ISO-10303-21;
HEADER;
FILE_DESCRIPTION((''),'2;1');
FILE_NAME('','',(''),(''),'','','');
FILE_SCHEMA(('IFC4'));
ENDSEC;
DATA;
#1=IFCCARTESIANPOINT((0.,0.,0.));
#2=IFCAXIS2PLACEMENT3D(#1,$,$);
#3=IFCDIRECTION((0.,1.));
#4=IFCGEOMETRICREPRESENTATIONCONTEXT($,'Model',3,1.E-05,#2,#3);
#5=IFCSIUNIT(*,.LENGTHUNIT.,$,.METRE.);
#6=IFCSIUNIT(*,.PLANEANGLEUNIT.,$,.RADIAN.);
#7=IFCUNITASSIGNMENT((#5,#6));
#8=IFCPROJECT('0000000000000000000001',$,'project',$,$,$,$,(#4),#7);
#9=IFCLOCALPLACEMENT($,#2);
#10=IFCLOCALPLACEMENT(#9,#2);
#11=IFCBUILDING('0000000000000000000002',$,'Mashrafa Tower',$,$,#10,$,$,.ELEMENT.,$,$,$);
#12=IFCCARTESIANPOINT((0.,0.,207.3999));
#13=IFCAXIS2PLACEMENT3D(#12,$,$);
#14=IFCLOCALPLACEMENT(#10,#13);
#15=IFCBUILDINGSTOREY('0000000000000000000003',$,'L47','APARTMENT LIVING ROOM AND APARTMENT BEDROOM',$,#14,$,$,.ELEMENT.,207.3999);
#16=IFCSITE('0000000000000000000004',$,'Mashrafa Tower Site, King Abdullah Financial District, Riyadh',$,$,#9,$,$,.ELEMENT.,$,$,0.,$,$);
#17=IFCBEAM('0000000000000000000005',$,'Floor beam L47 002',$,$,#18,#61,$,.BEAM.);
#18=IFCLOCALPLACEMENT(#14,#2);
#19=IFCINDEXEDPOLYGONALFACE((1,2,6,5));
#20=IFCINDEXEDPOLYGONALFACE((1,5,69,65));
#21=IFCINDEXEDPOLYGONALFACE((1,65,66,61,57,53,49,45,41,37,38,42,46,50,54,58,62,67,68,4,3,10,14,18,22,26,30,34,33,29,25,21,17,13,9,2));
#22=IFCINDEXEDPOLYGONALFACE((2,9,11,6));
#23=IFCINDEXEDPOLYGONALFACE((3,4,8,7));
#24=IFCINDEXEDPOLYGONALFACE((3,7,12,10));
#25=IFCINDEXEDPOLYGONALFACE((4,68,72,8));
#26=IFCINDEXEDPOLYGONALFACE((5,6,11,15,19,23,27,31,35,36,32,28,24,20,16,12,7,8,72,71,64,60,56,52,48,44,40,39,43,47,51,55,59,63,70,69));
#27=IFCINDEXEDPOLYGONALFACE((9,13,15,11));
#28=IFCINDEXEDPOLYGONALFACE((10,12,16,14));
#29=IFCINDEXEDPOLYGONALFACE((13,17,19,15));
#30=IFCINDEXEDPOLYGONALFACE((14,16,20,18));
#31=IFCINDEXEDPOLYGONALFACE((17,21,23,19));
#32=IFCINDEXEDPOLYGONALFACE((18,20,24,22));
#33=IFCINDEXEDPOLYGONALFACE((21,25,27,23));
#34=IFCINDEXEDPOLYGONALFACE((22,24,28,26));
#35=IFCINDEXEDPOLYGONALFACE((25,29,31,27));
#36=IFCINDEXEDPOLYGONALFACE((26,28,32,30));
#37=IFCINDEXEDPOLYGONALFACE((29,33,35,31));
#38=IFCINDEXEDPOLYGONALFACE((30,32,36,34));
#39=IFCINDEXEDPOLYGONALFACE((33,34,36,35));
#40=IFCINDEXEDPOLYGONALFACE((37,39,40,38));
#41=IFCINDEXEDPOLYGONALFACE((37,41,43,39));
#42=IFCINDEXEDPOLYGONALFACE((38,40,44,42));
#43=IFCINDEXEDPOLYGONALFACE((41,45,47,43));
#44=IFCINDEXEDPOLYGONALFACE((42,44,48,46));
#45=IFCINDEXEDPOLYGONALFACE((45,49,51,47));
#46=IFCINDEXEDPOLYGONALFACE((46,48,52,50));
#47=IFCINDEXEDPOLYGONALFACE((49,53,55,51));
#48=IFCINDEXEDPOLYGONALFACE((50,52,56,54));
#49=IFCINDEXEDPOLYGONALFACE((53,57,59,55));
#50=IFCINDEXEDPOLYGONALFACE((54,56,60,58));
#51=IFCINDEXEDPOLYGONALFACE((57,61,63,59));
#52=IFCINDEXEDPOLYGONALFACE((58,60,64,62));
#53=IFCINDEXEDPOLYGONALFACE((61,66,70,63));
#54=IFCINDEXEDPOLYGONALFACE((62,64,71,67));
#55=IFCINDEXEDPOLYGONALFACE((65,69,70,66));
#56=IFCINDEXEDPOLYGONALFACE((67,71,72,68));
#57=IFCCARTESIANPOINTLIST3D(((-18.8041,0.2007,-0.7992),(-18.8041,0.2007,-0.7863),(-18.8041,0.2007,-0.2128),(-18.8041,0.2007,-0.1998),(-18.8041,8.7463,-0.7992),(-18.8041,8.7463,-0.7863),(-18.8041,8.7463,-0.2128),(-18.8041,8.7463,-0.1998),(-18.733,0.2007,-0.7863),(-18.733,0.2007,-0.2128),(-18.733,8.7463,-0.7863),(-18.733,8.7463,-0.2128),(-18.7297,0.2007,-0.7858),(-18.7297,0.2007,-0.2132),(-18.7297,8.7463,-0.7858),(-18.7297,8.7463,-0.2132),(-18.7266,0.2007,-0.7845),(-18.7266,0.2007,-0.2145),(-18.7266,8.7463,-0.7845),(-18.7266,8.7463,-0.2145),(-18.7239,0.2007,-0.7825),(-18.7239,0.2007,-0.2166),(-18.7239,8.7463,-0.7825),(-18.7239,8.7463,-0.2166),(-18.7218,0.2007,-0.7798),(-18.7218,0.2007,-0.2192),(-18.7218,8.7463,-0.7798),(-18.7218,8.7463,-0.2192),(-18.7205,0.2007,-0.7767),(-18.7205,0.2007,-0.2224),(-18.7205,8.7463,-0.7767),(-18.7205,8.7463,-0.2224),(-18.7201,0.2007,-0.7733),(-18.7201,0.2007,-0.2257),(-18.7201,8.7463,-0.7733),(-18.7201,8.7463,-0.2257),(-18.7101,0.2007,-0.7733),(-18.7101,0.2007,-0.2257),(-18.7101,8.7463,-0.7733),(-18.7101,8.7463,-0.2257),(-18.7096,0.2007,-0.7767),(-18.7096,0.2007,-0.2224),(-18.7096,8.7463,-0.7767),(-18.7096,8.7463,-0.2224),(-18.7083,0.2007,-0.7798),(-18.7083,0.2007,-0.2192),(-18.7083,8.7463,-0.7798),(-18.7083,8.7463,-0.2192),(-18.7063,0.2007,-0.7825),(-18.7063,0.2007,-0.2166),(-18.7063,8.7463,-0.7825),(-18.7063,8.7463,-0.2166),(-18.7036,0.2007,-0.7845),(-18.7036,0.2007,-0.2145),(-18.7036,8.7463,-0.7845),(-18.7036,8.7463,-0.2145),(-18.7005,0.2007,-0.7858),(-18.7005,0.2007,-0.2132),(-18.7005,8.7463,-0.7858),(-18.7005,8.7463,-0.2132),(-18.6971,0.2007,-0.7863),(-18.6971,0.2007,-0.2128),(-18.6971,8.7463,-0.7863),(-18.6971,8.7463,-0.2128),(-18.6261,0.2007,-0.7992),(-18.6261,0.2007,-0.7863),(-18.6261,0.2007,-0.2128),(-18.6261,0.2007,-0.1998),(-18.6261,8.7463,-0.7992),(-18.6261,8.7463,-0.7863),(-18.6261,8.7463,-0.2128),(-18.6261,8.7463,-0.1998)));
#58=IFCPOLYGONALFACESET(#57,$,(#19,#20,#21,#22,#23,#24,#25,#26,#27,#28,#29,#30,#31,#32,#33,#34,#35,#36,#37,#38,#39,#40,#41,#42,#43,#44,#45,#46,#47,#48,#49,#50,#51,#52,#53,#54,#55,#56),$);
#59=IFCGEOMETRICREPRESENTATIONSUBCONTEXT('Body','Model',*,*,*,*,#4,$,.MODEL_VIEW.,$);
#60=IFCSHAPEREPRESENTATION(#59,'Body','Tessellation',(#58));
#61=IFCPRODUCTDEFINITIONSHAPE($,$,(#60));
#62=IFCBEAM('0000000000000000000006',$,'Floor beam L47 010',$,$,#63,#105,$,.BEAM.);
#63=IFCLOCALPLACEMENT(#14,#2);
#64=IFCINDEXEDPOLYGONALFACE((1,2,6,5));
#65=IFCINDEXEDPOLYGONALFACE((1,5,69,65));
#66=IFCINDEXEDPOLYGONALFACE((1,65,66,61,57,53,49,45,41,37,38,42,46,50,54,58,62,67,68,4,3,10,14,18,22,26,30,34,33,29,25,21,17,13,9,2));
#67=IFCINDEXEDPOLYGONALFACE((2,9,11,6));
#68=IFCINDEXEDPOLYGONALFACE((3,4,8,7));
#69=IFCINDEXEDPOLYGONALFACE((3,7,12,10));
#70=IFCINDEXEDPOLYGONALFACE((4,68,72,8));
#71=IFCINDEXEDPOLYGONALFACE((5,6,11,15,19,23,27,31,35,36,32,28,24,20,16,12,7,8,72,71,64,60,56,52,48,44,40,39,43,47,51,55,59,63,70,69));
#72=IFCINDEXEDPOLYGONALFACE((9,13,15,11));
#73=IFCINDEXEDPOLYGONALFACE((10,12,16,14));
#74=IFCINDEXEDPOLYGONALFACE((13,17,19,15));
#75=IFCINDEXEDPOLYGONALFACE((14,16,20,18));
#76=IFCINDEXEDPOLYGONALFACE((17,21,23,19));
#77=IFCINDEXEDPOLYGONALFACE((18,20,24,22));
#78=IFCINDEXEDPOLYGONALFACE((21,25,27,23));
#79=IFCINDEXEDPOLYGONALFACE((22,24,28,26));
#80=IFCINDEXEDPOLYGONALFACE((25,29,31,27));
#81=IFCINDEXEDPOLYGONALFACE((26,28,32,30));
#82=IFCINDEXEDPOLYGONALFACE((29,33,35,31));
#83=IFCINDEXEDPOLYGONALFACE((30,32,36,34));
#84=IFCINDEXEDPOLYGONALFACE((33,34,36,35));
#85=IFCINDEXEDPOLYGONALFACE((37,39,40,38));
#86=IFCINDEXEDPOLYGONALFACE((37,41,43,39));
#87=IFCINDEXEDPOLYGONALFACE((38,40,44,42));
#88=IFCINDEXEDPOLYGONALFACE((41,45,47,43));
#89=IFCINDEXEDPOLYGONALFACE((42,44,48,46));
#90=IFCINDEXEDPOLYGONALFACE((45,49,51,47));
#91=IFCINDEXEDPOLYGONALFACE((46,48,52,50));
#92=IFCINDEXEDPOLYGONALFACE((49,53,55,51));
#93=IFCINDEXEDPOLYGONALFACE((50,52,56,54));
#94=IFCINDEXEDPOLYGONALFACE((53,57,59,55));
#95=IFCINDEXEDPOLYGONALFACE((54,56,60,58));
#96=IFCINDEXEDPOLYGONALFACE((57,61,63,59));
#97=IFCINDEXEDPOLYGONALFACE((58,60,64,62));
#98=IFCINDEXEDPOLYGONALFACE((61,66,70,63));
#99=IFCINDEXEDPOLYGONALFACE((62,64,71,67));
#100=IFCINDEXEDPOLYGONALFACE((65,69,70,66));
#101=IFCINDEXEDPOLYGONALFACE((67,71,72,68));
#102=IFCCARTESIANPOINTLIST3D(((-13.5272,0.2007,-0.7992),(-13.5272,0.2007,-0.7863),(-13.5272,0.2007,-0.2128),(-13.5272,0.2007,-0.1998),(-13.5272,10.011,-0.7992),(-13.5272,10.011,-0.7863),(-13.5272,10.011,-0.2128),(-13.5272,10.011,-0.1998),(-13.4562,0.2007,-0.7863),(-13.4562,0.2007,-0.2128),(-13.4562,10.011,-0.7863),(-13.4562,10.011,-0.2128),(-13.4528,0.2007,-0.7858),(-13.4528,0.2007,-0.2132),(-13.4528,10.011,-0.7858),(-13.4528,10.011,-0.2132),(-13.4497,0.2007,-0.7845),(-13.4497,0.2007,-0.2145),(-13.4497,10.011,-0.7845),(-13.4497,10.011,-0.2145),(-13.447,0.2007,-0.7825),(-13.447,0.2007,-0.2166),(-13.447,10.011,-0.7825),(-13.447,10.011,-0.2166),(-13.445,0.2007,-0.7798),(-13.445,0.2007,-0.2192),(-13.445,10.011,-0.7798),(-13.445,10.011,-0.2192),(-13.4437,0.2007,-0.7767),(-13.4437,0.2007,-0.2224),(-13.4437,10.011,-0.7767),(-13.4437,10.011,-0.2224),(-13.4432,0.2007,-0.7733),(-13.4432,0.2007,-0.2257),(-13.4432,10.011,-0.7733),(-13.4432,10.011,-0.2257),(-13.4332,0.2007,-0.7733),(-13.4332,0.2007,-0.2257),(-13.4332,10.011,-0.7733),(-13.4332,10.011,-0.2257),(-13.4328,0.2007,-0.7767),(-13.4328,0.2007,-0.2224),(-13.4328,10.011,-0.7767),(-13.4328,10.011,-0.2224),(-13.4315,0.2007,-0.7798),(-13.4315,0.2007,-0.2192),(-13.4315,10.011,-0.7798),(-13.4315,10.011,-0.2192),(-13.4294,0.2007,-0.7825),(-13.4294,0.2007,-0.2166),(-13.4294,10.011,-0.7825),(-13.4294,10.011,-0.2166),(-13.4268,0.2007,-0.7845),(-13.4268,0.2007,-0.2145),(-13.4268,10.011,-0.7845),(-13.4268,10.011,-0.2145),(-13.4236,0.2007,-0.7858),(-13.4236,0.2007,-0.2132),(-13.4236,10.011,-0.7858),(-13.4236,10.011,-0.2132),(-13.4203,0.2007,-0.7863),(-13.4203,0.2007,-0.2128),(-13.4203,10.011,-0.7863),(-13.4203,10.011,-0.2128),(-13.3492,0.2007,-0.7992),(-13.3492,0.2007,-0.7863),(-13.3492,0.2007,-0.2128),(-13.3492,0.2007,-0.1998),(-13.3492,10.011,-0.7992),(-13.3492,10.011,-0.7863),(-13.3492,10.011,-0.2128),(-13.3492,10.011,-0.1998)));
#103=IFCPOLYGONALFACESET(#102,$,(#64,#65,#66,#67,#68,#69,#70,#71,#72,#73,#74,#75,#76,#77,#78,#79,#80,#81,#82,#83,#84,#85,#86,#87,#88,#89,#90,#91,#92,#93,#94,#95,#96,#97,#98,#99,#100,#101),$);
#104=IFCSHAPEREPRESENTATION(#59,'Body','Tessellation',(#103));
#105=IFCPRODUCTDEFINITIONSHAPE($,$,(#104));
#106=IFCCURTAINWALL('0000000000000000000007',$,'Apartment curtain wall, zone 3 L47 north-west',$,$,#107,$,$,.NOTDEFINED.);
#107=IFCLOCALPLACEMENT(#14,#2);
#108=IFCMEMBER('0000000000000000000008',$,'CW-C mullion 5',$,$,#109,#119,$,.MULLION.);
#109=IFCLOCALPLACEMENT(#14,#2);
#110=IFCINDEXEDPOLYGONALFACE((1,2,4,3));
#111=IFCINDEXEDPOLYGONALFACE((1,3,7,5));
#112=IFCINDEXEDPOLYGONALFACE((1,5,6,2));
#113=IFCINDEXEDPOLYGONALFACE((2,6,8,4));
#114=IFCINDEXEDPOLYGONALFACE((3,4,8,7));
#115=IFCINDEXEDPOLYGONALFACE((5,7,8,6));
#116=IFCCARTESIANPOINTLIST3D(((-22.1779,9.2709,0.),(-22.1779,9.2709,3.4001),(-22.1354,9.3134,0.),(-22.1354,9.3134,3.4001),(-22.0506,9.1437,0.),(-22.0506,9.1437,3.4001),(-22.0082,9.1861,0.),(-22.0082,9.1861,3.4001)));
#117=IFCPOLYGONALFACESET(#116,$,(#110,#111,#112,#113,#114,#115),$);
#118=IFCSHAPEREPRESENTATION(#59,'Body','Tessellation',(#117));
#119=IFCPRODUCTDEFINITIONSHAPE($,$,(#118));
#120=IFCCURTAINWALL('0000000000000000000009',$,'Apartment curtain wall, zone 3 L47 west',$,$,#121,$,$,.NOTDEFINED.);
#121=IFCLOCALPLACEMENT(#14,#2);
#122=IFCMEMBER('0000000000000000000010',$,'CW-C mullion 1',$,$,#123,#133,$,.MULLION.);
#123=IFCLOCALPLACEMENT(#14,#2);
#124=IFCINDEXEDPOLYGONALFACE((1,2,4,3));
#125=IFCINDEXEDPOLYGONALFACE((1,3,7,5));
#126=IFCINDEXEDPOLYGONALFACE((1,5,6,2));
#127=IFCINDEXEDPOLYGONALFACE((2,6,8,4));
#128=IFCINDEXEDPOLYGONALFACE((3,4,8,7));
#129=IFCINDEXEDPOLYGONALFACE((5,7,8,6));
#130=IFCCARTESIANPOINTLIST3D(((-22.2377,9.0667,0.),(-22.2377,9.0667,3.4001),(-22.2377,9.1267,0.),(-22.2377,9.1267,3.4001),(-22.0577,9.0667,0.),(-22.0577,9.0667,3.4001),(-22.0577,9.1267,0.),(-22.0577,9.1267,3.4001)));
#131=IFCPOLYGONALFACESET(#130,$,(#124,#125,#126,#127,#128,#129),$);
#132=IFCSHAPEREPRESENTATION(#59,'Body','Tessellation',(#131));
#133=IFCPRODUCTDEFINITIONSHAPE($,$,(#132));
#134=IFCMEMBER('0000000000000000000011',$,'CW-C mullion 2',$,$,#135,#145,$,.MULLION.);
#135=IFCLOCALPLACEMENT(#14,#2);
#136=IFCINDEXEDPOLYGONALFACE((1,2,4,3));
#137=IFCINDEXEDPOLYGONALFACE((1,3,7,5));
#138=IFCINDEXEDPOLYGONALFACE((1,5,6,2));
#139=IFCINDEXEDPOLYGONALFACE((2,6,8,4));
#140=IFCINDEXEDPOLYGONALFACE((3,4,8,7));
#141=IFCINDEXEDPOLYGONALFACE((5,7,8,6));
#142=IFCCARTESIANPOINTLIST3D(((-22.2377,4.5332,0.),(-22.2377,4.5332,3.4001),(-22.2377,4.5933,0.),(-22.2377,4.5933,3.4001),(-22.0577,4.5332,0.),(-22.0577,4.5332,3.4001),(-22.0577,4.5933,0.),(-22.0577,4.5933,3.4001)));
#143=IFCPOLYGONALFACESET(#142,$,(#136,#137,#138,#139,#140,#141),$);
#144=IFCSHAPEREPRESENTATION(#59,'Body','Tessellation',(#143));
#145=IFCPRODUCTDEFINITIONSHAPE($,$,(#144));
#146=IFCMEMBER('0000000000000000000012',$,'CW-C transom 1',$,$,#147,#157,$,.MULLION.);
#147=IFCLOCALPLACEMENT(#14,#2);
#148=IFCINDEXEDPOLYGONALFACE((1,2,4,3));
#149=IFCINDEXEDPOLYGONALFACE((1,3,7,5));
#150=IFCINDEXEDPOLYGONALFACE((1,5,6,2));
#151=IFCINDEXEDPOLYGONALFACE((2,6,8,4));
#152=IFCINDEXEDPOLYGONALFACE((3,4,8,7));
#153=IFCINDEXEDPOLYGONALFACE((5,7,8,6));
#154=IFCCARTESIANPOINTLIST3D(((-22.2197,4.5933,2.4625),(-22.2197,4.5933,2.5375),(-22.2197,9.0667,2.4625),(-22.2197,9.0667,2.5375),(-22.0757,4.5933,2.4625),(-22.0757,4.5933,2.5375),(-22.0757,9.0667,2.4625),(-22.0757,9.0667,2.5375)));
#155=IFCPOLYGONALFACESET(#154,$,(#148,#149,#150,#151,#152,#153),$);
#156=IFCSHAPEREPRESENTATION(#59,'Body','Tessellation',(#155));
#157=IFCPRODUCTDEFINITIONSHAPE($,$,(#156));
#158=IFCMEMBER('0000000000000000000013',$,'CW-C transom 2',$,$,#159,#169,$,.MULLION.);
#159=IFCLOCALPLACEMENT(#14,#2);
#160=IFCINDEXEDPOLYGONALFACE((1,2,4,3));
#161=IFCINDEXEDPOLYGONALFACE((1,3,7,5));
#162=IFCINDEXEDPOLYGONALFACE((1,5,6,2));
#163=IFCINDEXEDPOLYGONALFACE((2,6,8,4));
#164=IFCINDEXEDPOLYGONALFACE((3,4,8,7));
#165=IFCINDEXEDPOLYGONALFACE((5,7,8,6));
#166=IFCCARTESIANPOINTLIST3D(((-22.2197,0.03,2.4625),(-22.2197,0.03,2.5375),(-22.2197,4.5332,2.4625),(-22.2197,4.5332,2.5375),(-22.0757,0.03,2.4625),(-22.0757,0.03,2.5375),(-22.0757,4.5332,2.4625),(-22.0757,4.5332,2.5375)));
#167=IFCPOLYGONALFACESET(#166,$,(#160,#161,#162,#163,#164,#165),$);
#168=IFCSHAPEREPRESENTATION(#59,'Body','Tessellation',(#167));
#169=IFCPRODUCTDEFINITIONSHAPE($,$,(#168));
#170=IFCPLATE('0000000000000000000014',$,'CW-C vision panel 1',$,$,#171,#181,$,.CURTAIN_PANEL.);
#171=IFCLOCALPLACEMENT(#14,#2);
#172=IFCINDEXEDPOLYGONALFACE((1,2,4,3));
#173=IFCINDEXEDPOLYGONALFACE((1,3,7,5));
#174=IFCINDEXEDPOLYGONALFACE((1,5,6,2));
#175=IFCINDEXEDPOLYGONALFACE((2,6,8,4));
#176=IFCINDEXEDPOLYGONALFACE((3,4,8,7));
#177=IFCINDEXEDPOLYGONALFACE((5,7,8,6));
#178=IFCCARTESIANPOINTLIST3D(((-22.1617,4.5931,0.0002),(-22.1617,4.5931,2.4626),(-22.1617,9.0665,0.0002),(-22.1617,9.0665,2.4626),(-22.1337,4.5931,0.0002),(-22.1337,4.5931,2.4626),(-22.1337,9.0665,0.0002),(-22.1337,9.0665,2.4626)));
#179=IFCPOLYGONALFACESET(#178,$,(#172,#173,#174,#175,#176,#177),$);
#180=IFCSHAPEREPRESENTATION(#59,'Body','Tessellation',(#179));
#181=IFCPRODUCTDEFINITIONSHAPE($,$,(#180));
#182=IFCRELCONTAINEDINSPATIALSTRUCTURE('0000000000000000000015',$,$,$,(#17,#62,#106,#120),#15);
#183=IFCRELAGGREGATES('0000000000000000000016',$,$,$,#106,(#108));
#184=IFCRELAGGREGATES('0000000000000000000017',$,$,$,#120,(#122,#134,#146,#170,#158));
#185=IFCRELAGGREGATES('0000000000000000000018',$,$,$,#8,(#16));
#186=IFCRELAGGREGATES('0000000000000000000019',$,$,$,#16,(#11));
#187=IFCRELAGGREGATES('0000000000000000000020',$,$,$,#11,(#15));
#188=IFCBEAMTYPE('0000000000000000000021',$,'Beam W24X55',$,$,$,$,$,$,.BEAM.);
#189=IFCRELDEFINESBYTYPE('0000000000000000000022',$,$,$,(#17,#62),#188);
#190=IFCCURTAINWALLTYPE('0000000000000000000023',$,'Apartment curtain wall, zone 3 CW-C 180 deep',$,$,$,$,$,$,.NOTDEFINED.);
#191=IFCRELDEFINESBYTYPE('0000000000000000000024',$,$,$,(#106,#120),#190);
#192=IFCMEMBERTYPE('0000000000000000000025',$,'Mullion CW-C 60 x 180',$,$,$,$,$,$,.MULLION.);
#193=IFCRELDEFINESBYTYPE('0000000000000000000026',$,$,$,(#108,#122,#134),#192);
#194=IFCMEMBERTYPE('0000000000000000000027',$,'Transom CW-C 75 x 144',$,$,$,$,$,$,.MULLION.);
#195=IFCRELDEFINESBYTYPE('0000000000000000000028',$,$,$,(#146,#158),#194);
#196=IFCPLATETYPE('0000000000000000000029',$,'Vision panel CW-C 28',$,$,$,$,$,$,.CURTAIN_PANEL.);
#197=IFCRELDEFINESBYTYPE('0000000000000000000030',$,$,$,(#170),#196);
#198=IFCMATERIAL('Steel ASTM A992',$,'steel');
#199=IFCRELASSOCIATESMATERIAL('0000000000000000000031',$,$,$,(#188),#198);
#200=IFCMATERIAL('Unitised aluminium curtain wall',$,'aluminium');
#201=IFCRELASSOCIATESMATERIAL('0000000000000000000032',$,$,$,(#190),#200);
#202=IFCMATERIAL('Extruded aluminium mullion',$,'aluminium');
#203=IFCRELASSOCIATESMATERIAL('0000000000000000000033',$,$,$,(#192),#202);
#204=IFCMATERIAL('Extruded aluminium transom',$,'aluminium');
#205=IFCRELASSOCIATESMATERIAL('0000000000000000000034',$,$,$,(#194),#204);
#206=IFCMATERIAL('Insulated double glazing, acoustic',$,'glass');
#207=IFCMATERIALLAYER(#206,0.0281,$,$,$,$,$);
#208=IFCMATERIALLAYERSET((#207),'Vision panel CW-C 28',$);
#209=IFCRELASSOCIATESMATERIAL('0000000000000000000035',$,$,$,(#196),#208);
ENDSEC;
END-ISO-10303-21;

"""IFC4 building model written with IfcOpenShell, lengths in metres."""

from ifc_helpers import new_model, si_unit, direction, frame, origin, origin_2d, place, context, subcontext, project, spatial, rectangle, i_section, extrude, source, transform, mapped, material, layer, layer_set, material_profile, profile_set, type_object, type_shapes, element, aggregate, save


model = new_model("IFC4")

# Units and contexts
model_context = context("Model", 3, precision=1e-05, world=origin(), true_north=direction((0.0, 1.0)))
body_context = subcontext(model_context, "Body", "Model", "MODEL_VIEW")
ifc_project = project(units=[si_unit("LENGTHUNIT", "METRE"), si_unit("PLANEANGLEUNIT", "RADIAN")], contexts=[model_context])

# Site, building, storey
site_placement = place(None, origin())
site = spatial("IfcSite", under=ifc_project, at=site_placement, Name="Mashrafa Tower Site, King Abdullah Financial District, Riyadh", CompositionType="ELEMENT", RefElevation=0.0)
building_placement = place(site_placement, origin())
building = spatial("IfcBuilding", under=site, at=building_placement, Name="Mashrafa Tower", CompositionType="ELEMENT")
storey_placement = place(building_placement, frame((0.0, 0.0, 207.3999)))
storey = spatial("IfcBuildingStorey", under=building, at=storey_placement, Name="L47", Description="APARTMENT LIVING ROOM AND APARTMENT BEDROOM", CompositionType="ELEMENT", Elevation=207.3999)

# Beams
ifc_material_1 = material(Name="Steel ASTM A992", Category="steel")
ifc_material_profile_1 = material_profile(ifc_material_1, i_section(OverallWidth=0.178, OverallDepth=0.5994, WebThickness=0.01, FlangeThickness=0.0129, FilletRadius=0.0129, at=origin_2d()), Name="W24X55")
ifc_profile_set_1 = profile_set([ifc_material_profile_1], Name="Steel ASTM A992")
beam_type_1 = type_object("IfcBeamType", Name="Beam W24X55", PredefinedType="BEAM", material=ifc_profile_set_1)
beam_1_placement = place(storey_placement, frame((-18.7151, 0.2007, -0.4995), z_axis=(0.0, 1.0, 0.0), x_axis=(-1.0, 0.0, 0.0)))
element("IfcBeam", 1, at=beam_1_placement, inside=storey, type_object=beam_type_1, Name="Floor beam L47 002", PredefinedType="BEAM", context=body_context, shape_type="SweptSolid", body=[
    extrude(i_section(OverallWidth=0.178, OverallDepth=0.5994, WebThickness=0.01, FlangeThickness=0.0129, FilletRadius=0.0129, at=origin_2d()), origin(), (0.0, 0.0, 1.0), 8.5457),
])
beam_2_placement = place(storey_placement, frame((-13.4382, 0.2007, -0.4995), z_axis=(0.0, 1.0, 0.0), x_axis=(-1.0, 0.0, 0.0)))
element("IfcBeam", 2, at=beam_2_placement, inside=storey, type_object=beam_type_1, Name="Floor beam L47 010", PredefinedType="BEAM", context=body_context, shape_type="SweptSolid", body=[
    extrude(i_section(OverallWidth=0.178, OverallDepth=0.5994, WebThickness=0.01, FlangeThickness=0.0129, FilletRadius=0.0129, at=origin_2d()), origin(), (0.0, 0.0, 1.0), 9.8103),
])

# Curtain wall, member
ifc_material_2 = material(Name="Unitised aluminium curtain wall", Category="aluminium")
curtain_wall_type = type_object("IfcCurtainWallType", Name="Apartment curtain wall, zone 3 CW-C 180 deep", PredefinedType="NOTDEFINED", material=ifc_material_2)
curtain_wall_1_placement = place(storey_placement, origin())
curtain_wall_1 = element("IfcCurtainWall", 3, at=curtain_wall_1_placement, inside=storey, type_object=curtain_wall_type, Name="Apartment curtain wall, zone 3 L47 north-west", PredefinedType="NOTDEFINED")
ifc_material_3 = material(Name="Extruded aluminium mullion", Category="aluminium")
ifc_material_profile_2 = material_profile(ifc_material_3, rectangle(XDim=0.1799, YDim=0.0601, at=origin_2d()), Name="Mullion 60x180")
ifc_profile_set_2 = profile_set([ifc_material_profile_2], Name="Extruded aluminium mullion")
member_type_1 = type_object("IfcMemberType", Name="Mullion CW-C 60 x 180", PredefinedType="MULLION", material=ifc_profile_set_2)
shared_shape_1 = source(origin(), body_context, "Body", "SweptSolid", [
    extrude(rectangle(XDim=0.1799, YDim=0.0601, at=origin_2d()), origin(), (0.0, 0.0, 1.0), 3.4001),
])
type_shapes(member_type_1, [shared_shape_1])
member_1_placement = place(storey_placement, frame((-22.093, 9.2285, 0.0), z_axis=(0.0, 0.0, 1.0), x_axis=(0.707107, -0.707107, 0.0)))
member_1 = element("IfcMember", 4, at=member_1_placement, type_object=member_type_1, Name="CW-C mullion 5", PredefinedType="MULLION", context=body_context, shape_type="MappedRepresentation", body=[
    mapped(shared_shape_1, transform((0.0, 0.0, 0.0))),
])
aggregate(curtain_wall_1, [member_1])

# Curtain wall, members, plate
curtain_wall_2_placement = place(storey_placement, origin())
curtain_wall_2 = element("IfcCurtainWall", 5, at=curtain_wall_2_placement, inside=storey, type_object=curtain_wall_type, Name="Apartment curtain wall, zone 3 L47 west", PredefinedType="NOTDEFINED")
member_2_placement = place(storey_placement, frame((-22.1477, 9.0967, 0.0), z_axis=(0.0, 0.0, 1.0), x_axis=(1.0, 0.0, 0.0)))
member_2 = element("IfcMember", 6, at=member_2_placement, type_object=member_type_1, Name="CW-C mullion 1", PredefinedType="MULLION", context=body_context, shape_type="MappedRepresentation", body=[
    mapped(shared_shape_1, transform((0.0, 0.0, 0.0))),
])
member_3_placement = place(storey_placement, frame((-22.1477, 4.5632, 0.0), z_axis=(0.0, 0.0, 1.0), x_axis=(1.0, 0.0, 0.0)))
member_3 = element("IfcMember", 7, at=member_3_placement, type_object=member_type_1, Name="CW-C mullion 2", PredefinedType="MULLION", context=body_context, shape_type="MappedRepresentation", body=[
    mapped(shared_shape_1, transform((0.0, 0.0, 0.0))),
])
ifc_material_4 = material(Name="Extruded aluminium transom", Category="aluminium")
ifc_material_profile_3 = material_profile(ifc_material_4, rectangle(XDim=0.144, YDim=0.075, at=origin_2d()), Name="Transom 75x144")
ifc_profile_set_3 = profile_set([ifc_material_profile_3], Name="Extruded aluminium transom")
member_type_2 = type_object("IfcMemberType", Name="Transom CW-C 75 x 144", PredefinedType="MULLION", material=ifc_profile_set_3)
shared_shape_2 = source(origin(), body_context, "Body", "SweptSolid", [
    extrude(rectangle(XDim=0.144, YDim=0.075, at=origin_2d()), origin(), (0.0, 0.0, 1.0), 4.4734),
])
member_4_placement = place(storey_placement, frame((-22.1477, 9.0667, 2.5), z_axis=(0.0, -1.0, 0.0), x_axis=(1.0, 0.0, 0.0)))
member_4 = element("IfcMember", 8, at=member_4_placement, type_object=member_type_2, Name="CW-C transom 1", PredefinedType="MULLION", context=body_context, shape_type="MappedRepresentation", body=[
    mapped(shared_shape_2, transform((0.0, 0.0, 0.0))),
])
shared_shape_3 = source(origin(), body_context, "Body", "SweptSolid", [
    extrude(rectangle(XDim=0.144, YDim=0.075, at=origin_2d()), origin(), (0.0, 0.0, 1.0), 4.5032),
])
type_shapes(member_type_2, [shared_shape_2, shared_shape_3])
member_5_placement = place(storey_placement, frame((-22.1477, 4.5332, 2.5), z_axis=(0.0, -1.0, 0.0), x_axis=(1.0, 0.0, 0.0)))
member_5 = element("IfcMember", 9, at=member_5_placement, type_object=member_type_2, Name="CW-C transom 2", PredefinedType="MULLION", context=body_context, shape_type="MappedRepresentation", body=[
    mapped(shared_shape_3, transform((0.0, 0.0, 0.0))),
])
ifc_material_5 = material(Name="Insulated double glazing, acoustic", Category="glass")
ifc_layer_1 = layer(ifc_material_5, 0.0281)
ifc_layer_set_1 = layer_set([ifc_layer_1], Name="Vision panel CW-C 28")
plate_type_1 = type_object("IfcPlateType", Name="Vision panel CW-C 28", PredefinedType="CURTAIN_PANEL", material=ifc_layer_set_1)
shared_shape_4 = source(origin(), body_context, "Body", "SweptSolid", [
    extrude(rectangle(XDim=4.4734, YDim=0.0281, at=origin_2d()), origin(), (0.0, 0.0, 1.0), 2.4624),
])
plate_1_placement = place(storey_placement, frame((-22.1477, 6.8298, 0.0002), z_axis=(0.0, 0.0, 1.0), x_axis=(0.0, -1.0, 0.0)))
plate_1 = element("IfcPlate", 10, at=plate_1_placement, type_object=plate_type_1, Name="CW-C vision panel 1", PredefinedType="CURTAIN_PANEL", context=body_context, shape_type="MappedRepresentation", body=[
    mapped(shared_shape_4, transform((0.0, 0.0, 0.0))),
])
aggregate(curtain_wall_2, [member_2, member_3, member_4, plate_1, member_5])

save(model, "model.ifc")
